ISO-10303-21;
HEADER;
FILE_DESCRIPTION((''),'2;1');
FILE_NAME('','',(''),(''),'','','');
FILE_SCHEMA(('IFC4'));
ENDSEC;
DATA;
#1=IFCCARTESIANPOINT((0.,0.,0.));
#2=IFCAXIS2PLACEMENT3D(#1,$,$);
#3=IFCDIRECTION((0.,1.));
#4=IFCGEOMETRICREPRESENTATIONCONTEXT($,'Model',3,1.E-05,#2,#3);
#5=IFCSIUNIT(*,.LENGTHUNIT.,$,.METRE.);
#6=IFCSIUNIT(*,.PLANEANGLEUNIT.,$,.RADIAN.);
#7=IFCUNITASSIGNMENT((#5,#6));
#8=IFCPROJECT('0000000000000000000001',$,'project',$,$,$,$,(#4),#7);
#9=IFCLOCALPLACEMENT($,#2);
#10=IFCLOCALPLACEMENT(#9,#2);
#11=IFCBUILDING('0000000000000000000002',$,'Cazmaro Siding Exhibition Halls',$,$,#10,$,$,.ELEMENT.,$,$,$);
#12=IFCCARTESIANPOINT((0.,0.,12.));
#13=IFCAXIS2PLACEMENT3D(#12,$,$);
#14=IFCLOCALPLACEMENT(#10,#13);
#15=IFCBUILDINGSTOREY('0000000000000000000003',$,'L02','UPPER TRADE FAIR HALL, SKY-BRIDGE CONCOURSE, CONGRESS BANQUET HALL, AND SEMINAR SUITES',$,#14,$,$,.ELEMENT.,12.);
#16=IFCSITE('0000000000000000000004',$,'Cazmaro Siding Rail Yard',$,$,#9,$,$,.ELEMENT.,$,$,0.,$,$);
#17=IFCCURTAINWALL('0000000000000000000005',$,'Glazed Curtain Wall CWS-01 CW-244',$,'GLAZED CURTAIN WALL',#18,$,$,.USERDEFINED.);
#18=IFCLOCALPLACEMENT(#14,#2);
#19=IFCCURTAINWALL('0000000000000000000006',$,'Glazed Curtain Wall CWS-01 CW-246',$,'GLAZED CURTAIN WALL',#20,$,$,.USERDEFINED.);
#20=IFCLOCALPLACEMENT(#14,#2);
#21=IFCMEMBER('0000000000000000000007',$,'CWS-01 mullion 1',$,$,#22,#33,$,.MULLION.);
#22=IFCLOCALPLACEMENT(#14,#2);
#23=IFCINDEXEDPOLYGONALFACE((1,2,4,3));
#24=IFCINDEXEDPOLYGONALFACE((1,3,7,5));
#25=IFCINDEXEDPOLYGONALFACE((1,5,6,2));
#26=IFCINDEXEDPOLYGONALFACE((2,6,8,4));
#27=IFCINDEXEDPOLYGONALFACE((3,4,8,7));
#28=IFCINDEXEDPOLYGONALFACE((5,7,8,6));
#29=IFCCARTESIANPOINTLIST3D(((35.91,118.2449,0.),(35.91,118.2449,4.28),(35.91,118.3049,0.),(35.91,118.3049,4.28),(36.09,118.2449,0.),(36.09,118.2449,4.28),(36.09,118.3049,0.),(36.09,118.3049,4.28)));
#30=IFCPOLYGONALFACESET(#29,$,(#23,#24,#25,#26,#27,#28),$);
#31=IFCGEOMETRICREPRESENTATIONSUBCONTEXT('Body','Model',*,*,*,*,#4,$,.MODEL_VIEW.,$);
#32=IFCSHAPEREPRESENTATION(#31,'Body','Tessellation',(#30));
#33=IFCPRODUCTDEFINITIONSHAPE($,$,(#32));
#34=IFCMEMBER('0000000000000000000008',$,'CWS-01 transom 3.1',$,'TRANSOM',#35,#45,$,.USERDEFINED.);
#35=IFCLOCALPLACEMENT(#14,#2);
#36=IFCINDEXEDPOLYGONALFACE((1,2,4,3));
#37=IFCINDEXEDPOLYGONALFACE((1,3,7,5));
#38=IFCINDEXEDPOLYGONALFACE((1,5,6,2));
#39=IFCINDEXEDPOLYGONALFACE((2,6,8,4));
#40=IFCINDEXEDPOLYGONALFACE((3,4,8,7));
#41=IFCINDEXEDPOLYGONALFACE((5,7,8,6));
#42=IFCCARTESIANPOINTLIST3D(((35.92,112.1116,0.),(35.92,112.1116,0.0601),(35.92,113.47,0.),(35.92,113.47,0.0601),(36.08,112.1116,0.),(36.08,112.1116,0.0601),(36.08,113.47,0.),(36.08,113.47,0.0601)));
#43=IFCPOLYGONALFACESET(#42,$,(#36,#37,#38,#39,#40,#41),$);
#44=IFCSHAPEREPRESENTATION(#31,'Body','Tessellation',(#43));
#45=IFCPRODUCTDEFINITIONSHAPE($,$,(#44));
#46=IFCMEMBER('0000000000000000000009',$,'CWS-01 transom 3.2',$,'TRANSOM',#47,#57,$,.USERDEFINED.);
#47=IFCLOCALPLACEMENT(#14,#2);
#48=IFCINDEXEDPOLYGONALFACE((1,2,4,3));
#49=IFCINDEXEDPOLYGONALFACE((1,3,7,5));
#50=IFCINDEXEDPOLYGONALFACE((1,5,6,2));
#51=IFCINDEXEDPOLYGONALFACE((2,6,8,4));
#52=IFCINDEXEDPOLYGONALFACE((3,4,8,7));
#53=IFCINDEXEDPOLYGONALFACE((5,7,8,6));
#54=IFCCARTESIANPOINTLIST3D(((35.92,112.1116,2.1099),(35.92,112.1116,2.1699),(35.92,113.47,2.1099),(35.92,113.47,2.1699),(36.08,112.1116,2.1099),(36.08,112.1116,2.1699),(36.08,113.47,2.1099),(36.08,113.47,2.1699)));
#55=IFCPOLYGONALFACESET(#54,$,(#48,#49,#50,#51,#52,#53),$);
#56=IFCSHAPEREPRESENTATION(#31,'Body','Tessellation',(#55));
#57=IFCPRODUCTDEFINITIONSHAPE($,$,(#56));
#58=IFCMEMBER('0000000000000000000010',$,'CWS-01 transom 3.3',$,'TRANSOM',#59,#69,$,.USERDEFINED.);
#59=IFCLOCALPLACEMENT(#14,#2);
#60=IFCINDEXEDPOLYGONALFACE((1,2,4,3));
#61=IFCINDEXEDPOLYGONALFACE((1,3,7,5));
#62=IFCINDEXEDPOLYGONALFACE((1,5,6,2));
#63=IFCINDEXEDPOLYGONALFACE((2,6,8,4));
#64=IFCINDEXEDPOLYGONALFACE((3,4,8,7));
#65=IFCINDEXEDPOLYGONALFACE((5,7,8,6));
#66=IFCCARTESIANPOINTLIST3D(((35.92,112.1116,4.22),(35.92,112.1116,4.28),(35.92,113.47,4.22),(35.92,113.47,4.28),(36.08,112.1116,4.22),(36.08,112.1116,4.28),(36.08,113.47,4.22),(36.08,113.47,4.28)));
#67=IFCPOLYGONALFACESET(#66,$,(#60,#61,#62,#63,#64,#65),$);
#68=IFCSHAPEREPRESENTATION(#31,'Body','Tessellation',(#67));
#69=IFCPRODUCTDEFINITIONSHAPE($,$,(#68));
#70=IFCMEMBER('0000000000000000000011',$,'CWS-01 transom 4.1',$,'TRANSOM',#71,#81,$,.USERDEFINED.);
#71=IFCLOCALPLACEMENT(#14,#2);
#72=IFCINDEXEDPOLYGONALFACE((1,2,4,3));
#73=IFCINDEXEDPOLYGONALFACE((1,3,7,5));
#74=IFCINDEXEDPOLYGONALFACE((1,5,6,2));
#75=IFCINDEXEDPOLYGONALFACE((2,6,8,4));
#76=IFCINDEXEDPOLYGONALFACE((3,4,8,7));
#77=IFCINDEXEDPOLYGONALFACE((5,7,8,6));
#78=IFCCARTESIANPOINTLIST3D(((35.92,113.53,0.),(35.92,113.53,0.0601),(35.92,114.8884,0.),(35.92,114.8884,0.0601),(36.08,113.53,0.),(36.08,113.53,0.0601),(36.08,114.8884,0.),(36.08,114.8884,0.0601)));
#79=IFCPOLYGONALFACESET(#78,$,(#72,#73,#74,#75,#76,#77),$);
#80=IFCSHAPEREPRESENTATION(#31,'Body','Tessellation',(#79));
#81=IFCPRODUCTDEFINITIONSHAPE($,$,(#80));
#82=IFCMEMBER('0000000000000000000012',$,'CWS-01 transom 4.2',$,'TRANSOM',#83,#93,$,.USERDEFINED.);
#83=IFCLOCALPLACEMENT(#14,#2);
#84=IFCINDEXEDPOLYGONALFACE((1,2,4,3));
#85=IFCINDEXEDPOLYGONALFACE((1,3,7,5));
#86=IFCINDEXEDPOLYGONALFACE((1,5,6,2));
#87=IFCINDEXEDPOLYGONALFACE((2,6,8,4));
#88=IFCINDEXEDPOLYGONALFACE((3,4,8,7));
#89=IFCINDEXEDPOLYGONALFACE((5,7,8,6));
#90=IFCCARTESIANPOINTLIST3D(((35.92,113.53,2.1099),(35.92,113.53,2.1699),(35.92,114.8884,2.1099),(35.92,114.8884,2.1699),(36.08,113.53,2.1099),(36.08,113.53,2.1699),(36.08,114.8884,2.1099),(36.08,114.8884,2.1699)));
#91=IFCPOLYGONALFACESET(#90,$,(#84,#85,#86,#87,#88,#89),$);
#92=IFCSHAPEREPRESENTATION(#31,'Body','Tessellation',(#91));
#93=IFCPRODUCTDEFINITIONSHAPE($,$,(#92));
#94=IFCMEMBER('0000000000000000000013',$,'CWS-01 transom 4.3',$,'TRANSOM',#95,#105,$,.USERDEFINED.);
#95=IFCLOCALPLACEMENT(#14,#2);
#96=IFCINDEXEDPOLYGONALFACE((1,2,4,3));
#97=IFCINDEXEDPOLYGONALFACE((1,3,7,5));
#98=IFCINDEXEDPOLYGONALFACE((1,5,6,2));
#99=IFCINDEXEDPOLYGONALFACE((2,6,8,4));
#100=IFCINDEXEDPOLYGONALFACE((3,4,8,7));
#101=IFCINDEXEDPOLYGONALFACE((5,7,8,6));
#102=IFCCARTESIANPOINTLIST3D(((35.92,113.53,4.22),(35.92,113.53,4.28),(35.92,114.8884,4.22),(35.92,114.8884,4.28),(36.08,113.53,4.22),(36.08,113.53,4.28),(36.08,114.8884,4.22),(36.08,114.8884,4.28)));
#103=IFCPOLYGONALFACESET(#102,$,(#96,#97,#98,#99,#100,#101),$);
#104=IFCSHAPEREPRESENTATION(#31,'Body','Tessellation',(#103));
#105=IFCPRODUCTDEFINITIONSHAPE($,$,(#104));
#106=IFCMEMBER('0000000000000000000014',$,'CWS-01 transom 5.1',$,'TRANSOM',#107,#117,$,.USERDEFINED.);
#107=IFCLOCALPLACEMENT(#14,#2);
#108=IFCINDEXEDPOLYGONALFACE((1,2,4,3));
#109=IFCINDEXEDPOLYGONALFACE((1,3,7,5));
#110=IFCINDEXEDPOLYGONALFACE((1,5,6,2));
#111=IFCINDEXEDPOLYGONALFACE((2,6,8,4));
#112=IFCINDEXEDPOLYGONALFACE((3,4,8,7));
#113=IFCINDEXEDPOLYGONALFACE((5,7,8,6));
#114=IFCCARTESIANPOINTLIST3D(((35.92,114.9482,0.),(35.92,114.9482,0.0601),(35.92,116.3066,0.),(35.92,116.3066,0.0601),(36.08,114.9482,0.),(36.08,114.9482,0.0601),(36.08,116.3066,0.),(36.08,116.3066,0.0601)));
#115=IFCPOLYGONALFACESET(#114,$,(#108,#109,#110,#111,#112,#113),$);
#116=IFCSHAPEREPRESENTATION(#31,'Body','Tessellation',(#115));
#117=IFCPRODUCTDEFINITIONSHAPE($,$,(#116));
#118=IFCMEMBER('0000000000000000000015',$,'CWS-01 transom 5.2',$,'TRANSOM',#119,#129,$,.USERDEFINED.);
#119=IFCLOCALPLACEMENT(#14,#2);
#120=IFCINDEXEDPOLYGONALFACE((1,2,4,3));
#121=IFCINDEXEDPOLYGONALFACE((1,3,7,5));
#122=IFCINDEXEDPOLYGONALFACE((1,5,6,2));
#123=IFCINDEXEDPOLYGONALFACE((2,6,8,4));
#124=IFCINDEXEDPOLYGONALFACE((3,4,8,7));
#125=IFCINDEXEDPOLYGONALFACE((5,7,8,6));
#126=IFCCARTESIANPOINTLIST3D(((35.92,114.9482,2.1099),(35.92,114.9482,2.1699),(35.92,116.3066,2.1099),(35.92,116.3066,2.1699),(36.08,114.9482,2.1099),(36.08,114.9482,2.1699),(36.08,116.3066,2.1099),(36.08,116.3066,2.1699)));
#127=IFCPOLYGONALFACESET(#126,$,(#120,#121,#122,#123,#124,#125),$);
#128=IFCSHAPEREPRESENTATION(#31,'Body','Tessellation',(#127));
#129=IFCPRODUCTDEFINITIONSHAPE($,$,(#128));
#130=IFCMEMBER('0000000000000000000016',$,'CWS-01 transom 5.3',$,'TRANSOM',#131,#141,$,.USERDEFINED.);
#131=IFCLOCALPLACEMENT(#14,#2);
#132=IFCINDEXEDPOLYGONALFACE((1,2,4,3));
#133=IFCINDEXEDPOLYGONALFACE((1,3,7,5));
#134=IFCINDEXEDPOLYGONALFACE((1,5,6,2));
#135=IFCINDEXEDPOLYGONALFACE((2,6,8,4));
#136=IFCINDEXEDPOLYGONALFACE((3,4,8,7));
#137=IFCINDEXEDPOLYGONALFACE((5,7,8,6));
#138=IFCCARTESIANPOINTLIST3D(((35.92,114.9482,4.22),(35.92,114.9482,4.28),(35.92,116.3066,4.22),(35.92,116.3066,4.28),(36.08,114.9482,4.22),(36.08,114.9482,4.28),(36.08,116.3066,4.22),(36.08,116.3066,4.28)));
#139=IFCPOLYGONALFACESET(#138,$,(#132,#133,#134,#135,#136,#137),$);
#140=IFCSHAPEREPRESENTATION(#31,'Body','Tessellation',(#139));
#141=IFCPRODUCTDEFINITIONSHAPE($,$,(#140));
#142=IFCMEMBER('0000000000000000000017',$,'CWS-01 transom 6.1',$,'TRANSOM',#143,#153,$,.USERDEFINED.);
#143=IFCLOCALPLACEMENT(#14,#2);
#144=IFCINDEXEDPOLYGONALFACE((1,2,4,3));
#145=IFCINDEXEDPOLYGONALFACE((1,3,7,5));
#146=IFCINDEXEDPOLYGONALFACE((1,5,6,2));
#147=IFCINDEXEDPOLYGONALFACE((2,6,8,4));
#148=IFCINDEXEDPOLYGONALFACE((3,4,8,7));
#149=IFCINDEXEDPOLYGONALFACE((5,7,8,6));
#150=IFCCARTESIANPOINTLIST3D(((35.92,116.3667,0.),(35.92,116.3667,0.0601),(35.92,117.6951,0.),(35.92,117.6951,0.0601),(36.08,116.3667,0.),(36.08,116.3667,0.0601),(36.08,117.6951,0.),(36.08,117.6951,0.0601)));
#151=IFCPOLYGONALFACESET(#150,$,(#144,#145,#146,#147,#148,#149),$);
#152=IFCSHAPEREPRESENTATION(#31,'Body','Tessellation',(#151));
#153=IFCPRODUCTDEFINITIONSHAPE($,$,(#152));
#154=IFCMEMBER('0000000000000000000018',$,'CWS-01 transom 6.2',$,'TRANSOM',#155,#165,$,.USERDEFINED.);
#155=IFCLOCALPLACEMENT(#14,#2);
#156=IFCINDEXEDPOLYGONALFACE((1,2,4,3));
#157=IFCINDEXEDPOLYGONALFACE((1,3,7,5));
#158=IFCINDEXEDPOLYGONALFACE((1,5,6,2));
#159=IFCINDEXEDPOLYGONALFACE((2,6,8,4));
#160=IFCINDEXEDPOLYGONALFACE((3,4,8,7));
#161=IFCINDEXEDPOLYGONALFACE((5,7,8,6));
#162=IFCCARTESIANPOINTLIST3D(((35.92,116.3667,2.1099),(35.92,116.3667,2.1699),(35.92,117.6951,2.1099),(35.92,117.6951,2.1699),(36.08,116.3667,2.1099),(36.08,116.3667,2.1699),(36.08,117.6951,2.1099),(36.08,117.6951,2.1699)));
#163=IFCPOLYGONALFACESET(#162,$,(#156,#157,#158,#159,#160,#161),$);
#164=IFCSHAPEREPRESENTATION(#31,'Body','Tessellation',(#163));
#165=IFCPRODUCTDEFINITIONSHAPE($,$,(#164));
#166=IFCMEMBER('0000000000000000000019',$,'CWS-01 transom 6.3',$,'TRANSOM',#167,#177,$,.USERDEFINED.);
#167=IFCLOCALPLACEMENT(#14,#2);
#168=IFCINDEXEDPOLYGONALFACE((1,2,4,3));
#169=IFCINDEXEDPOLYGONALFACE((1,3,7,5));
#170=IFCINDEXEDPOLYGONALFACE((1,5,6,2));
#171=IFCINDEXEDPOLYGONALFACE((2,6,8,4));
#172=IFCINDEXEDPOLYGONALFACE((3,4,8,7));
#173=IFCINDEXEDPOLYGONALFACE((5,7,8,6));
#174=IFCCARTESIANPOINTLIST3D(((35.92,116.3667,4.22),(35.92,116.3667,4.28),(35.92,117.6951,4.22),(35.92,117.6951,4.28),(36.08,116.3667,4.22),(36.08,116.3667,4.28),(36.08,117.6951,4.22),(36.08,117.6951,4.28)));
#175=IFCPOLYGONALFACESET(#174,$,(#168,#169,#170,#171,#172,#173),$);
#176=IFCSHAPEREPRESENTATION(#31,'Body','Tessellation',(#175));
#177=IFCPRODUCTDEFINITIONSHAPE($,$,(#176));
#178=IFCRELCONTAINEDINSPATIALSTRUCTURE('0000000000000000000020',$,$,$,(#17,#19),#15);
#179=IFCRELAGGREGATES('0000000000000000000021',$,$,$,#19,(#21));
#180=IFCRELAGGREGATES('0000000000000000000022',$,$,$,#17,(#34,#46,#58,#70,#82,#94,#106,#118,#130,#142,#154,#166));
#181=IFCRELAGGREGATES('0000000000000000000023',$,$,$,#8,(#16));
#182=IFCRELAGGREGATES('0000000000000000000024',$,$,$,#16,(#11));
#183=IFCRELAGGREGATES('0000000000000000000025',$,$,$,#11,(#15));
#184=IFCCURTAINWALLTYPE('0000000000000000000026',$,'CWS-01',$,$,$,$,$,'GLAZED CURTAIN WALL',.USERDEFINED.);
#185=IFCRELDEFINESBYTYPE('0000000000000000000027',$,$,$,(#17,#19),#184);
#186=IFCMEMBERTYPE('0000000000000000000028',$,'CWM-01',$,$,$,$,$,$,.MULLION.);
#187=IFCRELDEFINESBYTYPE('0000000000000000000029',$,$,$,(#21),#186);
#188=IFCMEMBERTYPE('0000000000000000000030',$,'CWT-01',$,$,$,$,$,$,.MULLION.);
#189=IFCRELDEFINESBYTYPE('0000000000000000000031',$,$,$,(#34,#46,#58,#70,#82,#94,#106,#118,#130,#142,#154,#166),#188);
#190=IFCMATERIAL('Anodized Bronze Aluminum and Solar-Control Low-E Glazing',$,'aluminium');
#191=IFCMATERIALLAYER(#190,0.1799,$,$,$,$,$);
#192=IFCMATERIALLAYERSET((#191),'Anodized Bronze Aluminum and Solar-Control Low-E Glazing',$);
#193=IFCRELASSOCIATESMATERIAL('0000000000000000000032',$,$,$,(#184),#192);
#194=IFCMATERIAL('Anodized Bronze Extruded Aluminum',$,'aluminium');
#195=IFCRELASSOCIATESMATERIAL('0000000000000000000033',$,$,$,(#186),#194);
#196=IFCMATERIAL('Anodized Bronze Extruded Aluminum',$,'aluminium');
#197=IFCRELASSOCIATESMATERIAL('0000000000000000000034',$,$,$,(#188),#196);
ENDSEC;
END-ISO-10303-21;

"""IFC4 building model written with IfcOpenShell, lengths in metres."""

from ifc_helpers import new_model, si_unit, direction, frame, origin, origin_2d, place, context, subcontext, project, spatial, rectangle, extrude, material, layer, layer_set, material_profile, profile_set, type_object, element, aggregate, save


model = new_model("IFC4")

# Units and contexts
model_context = context("Model", 3, precision=1e-05, world=origin(), true_north=direction((0.0, 1.0)))
body_context = subcontext(model_context, "Body", "Model", "MODEL_VIEW")
ifc_project = project(units=[si_unit("LENGTHUNIT", "METRE"), si_unit("PLANEANGLEUNIT", "RADIAN")], contexts=[model_context])

# Site, building, storey
site_placement = place(None, origin())
site = spatial("IfcSite", under=ifc_project, at=site_placement, Name="Cazmaro Siding Rail Yard", CompositionType="ELEMENT", RefElevation=0.0)
building_placement = place(site_placement, origin())
building = spatial("IfcBuilding", under=site, at=building_placement, Name="Cazmaro Siding Exhibition Halls", CompositionType="ELEMENT")
storey_placement = place(building_placement, frame((0.0, 0.0, 12.0)))
storey = spatial("IfcBuildingStorey", under=building, at=storey_placement, Name="L02", Description="UPPER TRADE FAIR HALL, SKY-BRIDGE CONCOURSE, CONGRESS BANQUET HALL, AND SEMINAR SUITES", CompositionType="ELEMENT", Elevation=12.0)

# Curtain wall
ifc_material_1 = material(Name="Anodized Bronze Aluminum and Solar-Control Low-E Glazing", Category="aluminium")
ifc_layer_1 = layer(ifc_material_1, 0.1799)
ifc_layer_set_1 = layer_set([ifc_layer_1], Name="Anodized Bronze Aluminum and Solar-Control Low-E Glazing")
curtain_wall_type = type_object("IfcCurtainWallType", Name="CWS-01", ElementType="GLAZED CURTAIN WALL", PredefinedType="USERDEFINED", material=ifc_layer_set_1)
curtain_wall_1_placement = place(storey_placement, origin())
curtain_wall_1 = element("IfcCurtainWall", 1, at=curtain_wall_1_placement, inside=storey, type_object=curtain_wall_type, Name="Glazed Curtain Wall CWS-01 CW-244", ObjectType="GLAZED CURTAIN WALL", PredefinedType="USERDEFINED")
ifc_material_2 = material(Name="Anodized Bronze Extruded Aluminum", Category="aluminium")
ifc_material_profile_1 = material_profile(ifc_material_2, rectangle(XDim=0.1799, YDim=0.0601, at=origin_2d()), Name="CWM-01")
ifc_profile_set_1 = profile_set([ifc_material_profile_1], Name="Anodized Bronze Extruded Aluminum")
member_type_1 = type_object("IfcMemberType", Name="CWM-01", PredefinedType="MULLION", material=ifc_profile_set_1)

# Curtain wall, member
curtain_wall_2_placement = place(storey_placement, origin())
curtain_wall_2 = element("IfcCurtainWall", 2, at=curtain_wall_2_placement, inside=storey, type_object=curtain_wall_type, Name="Glazed Curtain Wall CWS-01 CW-246", ObjectType="GLAZED CURTAIN WALL", PredefinedType="USERDEFINED")
member_1_placement = place(storey_placement, frame((36.0, 118.2749, 0.0), z_axis=(0.0, 0.0, 1.0), x_axis=(-1.0, 0.0, 0.0)))
member_1 = element("IfcMember", 3, at=member_1_placement, type_object=member_type_1, Name="CWS-01 mullion 1", PredefinedType="MULLION", context=body_context, shape_type="SweptSolid", body=[
    extrude(rectangle(XDim=0.1799, YDim=0.0601, at=origin_2d()), origin(), (0.0, 0.0, 1.0), 4.28),
])
aggregate(curtain_wall_2, [member_1])

# Members
ifc_material_3 = material(Name="Anodized Bronze Extruded Aluminum", Category="aluminium")
ifc_material_profile_2 = material_profile(ifc_material_3, rectangle(XDim=0.1599, YDim=0.0601, at=origin_2d()), Name="CWT-01")
ifc_profile_set_2 = profile_set([ifc_material_profile_2], Name="Anodized Bronze Extruded Aluminum")
member_type_2 = type_object("IfcMemberType", Name="CWT-01", PredefinedType="MULLION", material=ifc_profile_set_2)
member_2_placement = place(storey_placement, frame((36.0, 112.1116, 0.03), z_axis=(0.0, 1.0, 0.0), x_axis=(-1.0, 0.0, 0.0)))
member_2 = element("IfcMember", 4, at=member_2_placement, type_object=member_type_2, Name="CWS-01 transom 3.1", ObjectType="TRANSOM", PredefinedType="USERDEFINED", context=body_context, shape_type="SweptSolid", body=[
    extrude(rectangle(XDim=0.1599, YDim=0.0601, at=origin_2d()), origin(), (0.0, 0.0, 1.0), 1.3584),
])
member_3_placement = place(storey_placement, frame((36.0, 112.1116, 2.1399), z_axis=(0.0, 1.0, 0.0), x_axis=(-1.0, 0.0, 0.0)))
member_3 = element("IfcMember", 5, at=member_3_placement, type_object=member_type_2, Name="CWS-01 transom 3.2", ObjectType="TRANSOM", PredefinedType="USERDEFINED", context=body_context, shape_type="SweptSolid", body=[
    extrude(rectangle(XDim=0.1599, YDim=0.0601, at=origin_2d()), origin(), (0.0, 0.0, 1.0), 1.3584),
])
member_4_placement = place(storey_placement, frame((36.0, 112.1116, 4.25), z_axis=(0.0, 1.0, 0.0), x_axis=(-1.0, 0.0, 0.0)))
member_4 = element("IfcMember", 6, at=member_4_placement, type_object=member_type_2, Name="CWS-01 transom 3.3", ObjectType="TRANSOM", PredefinedType="USERDEFINED", context=body_context, shape_type="SweptSolid", body=[
    extrude(rectangle(XDim=0.1599, YDim=0.0601, at=origin_2d()), origin(), (0.0, 0.0, 1.0), 1.3584),
])
member_5_placement = place(storey_placement, frame((36.0, 113.53, 0.03), z_axis=(0.0, 1.0, 0.0), x_axis=(-1.0, 0.0, 0.0)))
member_5 = element("IfcMember", 7, at=member_5_placement, type_object=member_type_2, Name="CWS-01 transom 4.1", ObjectType="TRANSOM", PredefinedType="USERDEFINED", context=body_context, shape_type="SweptSolid", body=[
    extrude(rectangle(XDim=0.1599, YDim=0.0601, at=origin_2d()), origin(), (0.0, 0.0, 1.0), 1.3584),
])
member_6_placement = place(storey_placement, frame((36.0, 113.53, 2.1399), z_axis=(0.0, 1.0, 0.0), x_axis=(-1.0, 0.0, 0.0)))
member_6 = element("IfcMember", 8, at=member_6_placement, type_object=member_type_2, Name="CWS-01 transom 4.2", ObjectType="TRANSOM", PredefinedType="USERDEFINED", context=body_context, shape_type="SweptSolid", body=[
    extrude(rectangle(XDim=0.1599, YDim=0.0601, at=origin_2d()), origin(), (0.0, 0.0, 1.0), 1.3584),
])
member_7_placement = place(storey_placement, frame((36.0, 113.53, 4.25), z_axis=(0.0, 1.0, 0.0), x_axis=(-1.0, 0.0, 0.0)))
member_7 = element("IfcMember", 9, at=member_7_placement, type_object=member_type_2, Name="CWS-01 transom 4.3", ObjectType="TRANSOM", PredefinedType="USERDEFINED", context=body_context, shape_type="SweptSolid", body=[
    extrude(rectangle(XDim=0.1599, YDim=0.0601, at=origin_2d()), origin(), (0.0, 0.0, 1.0), 1.3584),
])
member_8_placement = place(storey_placement, frame((36.0, 114.9482, 0.03), z_axis=(0.0, 1.0, 0.0), x_axis=(-1.0, 0.0, 0.0)))
member_8 = element("IfcMember", 10, at=member_8_placement, type_object=member_type_2, Name="CWS-01 transom 5.1", ObjectType="TRANSOM", PredefinedType="USERDEFINED", context=body_context, shape_type="SweptSolid", body=[
    extrude(rectangle(XDim=0.1599, YDim=0.0601, at=origin_2d()), origin(), (0.0, 0.0, 1.0), 1.3584),
])
member_9_placement = place(storey_placement, frame((36.0, 114.9482, 2.1399), z_axis=(0.0, 1.0, 0.0), x_axis=(-1.0, 0.0, 0.0)))
member_9 = element("IfcMember", 11, at=member_9_placement, type_object=member_type_2, Name="CWS-01 transom 5.2", ObjectType="TRANSOM", PredefinedType="USERDEFINED", context=body_context, shape_type="SweptSolid", body=[
    extrude(rectangle(XDim=0.1599, YDim=0.0601, at=origin_2d()), origin(), (0.0, 0.0, 1.0), 1.3584),
])
member_10_placement = place(storey_placement, frame((36.0, 114.9482, 4.25), z_axis=(0.0, 1.0, 0.0), x_axis=(-1.0, 0.0, 0.0)))
member_10 = element("IfcMember", 12, at=member_10_placement, type_object=member_type_2, Name="CWS-01 transom 5.3", ObjectType="TRANSOM", PredefinedType="USERDEFINED", context=body_context, shape_type="SweptSolid", body=[
    extrude(rectangle(XDim=0.1599, YDim=0.0601, at=origin_2d()), origin(), (0.0, 0.0, 1.0), 1.3584),
])
member_11_placement = place(storey_placement, frame((36.0, 116.3667, 0.03), z_axis=(0.0, 1.0, 0.0), x_axis=(-1.0, 0.0, 0.0)))
member_11 = element("IfcMember", 13, at=member_11_placement, type_object=member_type_2, Name="CWS-01 transom 6.1", ObjectType="TRANSOM", PredefinedType="USERDEFINED", context=body_context, shape_type="SweptSolid", body=[
    extrude(rectangle(XDim=0.1599, YDim=0.0601, at=origin_2d()), origin(), (0.0, 0.0, 1.0), 1.3284),
])
member_12_placement = place(storey_placement, frame((36.0, 116.3667, 2.1399), z_axis=(0.0, 1.0, 0.0), x_axis=(-1.0, 0.0, 0.0)))
member_12 = element("IfcMember", 14, at=member_12_placement, type_object=member_type_2, Name="CWS-01 transom 6.2", ObjectType="TRANSOM", PredefinedType="USERDEFINED", context=body_context, shape_type="SweptSolid", body=[
    extrude(rectangle(XDim=0.1599, YDim=0.0601, at=origin_2d()), origin(), (0.0, 0.0, 1.0), 1.3284),
])
member_13_placement = place(storey_placement, frame((36.0, 116.3667, 4.25), z_axis=(0.0, 1.0, 0.0), x_axis=(-1.0, 0.0, 0.0)))
member_13 = element("IfcMember", 15, at=member_13_placement, type_object=member_type_2, Name="CWS-01 transom 6.3", ObjectType="TRANSOM", PredefinedType="USERDEFINED", context=body_context, shape_type="SweptSolid", body=[
    extrude(rectangle(XDim=0.1599, YDim=0.0601, at=origin_2d()), origin(), (0.0, 0.0, 1.0), 1.3284),
])

aggregate(curtain_wall_1, [member_2, member_3, member_4, member_5, member_6, member_7, member_8, member_9, member_10, member_11, member_12, member_13])

save(model, "model.ifc")
